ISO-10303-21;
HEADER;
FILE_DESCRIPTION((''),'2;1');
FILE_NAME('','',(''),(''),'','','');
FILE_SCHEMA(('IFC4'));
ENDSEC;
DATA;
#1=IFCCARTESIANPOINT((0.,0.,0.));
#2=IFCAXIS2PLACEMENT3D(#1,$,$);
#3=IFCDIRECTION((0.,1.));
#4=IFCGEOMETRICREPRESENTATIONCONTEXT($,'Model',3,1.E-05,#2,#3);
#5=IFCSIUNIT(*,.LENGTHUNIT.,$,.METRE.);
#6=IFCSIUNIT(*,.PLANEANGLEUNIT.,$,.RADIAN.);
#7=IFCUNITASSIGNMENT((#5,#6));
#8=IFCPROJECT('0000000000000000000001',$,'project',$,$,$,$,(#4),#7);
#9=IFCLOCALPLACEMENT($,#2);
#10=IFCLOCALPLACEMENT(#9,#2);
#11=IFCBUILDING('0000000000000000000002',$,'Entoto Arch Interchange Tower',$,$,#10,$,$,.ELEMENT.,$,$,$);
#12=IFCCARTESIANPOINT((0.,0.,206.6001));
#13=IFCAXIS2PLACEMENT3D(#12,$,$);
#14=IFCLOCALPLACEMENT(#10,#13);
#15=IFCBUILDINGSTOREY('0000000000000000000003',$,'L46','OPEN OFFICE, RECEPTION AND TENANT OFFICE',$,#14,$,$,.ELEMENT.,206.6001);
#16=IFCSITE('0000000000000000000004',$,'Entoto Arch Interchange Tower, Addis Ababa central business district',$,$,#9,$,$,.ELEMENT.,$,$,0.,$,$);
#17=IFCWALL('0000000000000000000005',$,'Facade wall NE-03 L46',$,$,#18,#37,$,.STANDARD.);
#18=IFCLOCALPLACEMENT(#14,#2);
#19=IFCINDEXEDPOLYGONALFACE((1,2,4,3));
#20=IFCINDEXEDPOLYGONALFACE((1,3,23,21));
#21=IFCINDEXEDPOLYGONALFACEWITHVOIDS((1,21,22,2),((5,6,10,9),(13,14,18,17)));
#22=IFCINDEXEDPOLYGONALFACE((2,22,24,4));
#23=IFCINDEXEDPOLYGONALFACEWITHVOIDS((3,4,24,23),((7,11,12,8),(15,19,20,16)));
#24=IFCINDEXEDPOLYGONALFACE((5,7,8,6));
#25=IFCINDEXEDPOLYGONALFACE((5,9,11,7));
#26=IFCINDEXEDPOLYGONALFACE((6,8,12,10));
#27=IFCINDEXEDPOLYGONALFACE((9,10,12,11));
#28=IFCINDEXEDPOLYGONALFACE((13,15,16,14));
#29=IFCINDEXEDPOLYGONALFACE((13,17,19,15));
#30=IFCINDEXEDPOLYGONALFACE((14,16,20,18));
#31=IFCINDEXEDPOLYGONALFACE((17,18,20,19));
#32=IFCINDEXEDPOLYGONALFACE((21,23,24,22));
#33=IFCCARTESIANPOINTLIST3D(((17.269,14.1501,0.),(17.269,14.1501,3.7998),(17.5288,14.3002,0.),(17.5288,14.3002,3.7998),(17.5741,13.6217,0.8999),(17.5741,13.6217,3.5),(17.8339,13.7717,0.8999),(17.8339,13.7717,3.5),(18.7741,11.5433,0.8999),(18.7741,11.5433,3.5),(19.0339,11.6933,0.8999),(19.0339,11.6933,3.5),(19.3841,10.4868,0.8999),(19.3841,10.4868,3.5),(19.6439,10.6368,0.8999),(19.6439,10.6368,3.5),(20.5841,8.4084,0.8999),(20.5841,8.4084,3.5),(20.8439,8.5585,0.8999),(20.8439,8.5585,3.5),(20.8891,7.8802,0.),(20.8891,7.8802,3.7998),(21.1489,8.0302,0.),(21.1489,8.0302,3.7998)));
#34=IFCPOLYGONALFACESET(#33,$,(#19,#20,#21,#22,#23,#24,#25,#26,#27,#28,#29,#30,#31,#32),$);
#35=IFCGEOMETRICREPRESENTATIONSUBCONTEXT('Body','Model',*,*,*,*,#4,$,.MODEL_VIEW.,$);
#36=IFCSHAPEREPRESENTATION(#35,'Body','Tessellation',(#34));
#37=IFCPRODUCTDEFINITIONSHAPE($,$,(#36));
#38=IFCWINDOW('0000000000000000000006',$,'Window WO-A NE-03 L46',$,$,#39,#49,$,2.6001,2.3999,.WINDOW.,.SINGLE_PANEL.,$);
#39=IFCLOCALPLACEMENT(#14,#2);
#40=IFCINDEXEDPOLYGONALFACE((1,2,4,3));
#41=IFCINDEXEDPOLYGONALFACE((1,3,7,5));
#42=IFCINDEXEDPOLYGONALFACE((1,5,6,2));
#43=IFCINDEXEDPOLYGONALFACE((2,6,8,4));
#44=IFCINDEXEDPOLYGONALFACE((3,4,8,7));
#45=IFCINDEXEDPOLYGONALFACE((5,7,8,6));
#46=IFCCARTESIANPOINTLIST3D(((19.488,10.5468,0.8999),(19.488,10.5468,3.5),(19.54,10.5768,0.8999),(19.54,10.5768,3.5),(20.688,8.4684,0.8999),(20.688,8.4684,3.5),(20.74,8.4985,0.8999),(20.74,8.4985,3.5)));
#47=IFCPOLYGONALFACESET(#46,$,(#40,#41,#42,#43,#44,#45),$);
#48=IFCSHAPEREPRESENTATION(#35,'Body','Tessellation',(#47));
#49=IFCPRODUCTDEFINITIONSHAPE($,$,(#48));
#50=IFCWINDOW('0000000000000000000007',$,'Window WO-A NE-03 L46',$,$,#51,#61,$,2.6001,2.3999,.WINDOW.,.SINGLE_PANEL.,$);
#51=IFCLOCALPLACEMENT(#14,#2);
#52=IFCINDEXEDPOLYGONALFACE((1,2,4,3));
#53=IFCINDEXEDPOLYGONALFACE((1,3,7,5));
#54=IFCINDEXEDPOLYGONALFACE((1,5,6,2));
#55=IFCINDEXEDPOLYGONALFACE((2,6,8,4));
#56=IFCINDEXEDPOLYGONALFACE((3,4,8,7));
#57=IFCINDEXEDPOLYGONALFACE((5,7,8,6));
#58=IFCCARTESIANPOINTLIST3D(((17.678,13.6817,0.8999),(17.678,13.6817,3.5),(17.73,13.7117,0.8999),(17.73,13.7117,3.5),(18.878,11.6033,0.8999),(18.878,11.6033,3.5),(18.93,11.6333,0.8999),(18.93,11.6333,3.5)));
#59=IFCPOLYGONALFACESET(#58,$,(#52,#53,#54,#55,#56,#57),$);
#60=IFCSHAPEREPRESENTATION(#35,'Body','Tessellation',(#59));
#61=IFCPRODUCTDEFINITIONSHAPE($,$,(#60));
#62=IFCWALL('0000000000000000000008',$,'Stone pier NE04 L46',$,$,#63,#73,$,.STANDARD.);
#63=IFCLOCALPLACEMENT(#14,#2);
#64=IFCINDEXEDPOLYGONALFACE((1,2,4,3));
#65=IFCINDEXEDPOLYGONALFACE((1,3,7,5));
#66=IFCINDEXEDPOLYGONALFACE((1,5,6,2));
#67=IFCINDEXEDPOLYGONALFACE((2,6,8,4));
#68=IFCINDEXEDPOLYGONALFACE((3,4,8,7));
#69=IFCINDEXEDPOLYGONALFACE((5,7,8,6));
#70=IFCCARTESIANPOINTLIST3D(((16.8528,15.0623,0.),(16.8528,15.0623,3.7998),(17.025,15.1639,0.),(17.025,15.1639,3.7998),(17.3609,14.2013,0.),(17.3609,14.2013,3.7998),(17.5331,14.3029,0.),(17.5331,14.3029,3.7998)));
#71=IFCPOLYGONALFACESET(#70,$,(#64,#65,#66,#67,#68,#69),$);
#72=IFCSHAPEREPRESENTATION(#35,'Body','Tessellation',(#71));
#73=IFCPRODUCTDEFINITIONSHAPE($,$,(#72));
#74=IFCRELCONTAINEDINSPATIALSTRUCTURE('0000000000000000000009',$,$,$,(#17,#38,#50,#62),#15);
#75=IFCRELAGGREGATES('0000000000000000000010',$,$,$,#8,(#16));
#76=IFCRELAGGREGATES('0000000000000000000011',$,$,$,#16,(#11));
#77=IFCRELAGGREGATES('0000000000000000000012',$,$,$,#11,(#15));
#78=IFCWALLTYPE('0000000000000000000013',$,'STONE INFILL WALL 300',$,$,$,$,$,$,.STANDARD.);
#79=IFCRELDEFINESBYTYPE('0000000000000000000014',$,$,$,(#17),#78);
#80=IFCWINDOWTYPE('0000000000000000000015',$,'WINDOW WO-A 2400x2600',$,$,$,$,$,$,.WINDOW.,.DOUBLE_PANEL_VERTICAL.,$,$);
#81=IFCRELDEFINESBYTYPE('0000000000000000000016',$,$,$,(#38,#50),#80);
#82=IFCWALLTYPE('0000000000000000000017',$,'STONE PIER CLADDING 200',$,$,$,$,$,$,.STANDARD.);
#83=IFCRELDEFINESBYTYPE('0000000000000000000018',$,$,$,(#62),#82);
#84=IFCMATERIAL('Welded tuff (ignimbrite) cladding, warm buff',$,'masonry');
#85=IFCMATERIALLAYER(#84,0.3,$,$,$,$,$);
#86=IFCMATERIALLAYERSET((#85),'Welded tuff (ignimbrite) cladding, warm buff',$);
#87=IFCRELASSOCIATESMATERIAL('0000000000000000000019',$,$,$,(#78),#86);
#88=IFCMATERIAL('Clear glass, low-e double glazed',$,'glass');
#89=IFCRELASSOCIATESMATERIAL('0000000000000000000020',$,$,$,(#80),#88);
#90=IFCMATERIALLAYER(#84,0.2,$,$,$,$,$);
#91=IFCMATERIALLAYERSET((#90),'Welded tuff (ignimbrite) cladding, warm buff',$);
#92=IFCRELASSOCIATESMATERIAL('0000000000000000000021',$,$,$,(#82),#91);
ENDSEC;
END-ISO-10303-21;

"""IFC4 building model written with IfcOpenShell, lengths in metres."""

from ifc_helpers import new_model, si_unit, direction, frame, frame_2d, origin, place, context, subcontext, project, spatial, rectangle, extrude, material, layer, layer_set, type_object, element, fill, save


model = new_model("IFC4")

# Units and contexts
model_context = context("Model", 3, precision=1e-05, world=origin(), true_north=direction((0.0, 1.0)))
body_context = subcontext(model_context, "Body", "Model", "MODEL_VIEW")
ifc_project = project(units=[si_unit("LENGTHUNIT", "METRE"), si_unit("PLANEANGLEUNIT", "RADIAN")], contexts=[model_context])

# Site, building, storey
site_placement = place(None, origin())
site = spatial("IfcSite", under=ifc_project, at=site_placement, Name="Entoto Arch Interchange Tower, Addis Ababa central business district", CompositionType="ELEMENT", RefElevation=0.0)
building_placement = place(site_placement, origin())
building = spatial("IfcBuilding", under=site, at=building_placement, Name="Entoto Arch Interchange Tower", CompositionType="ELEMENT")
storey_placement = place(building_placement, frame((0.0, 0.0, 206.6001)))
storey = spatial("IfcBuildingStorey", under=building, at=storey_placement, Name="L46", Description="OPEN OFFICE, RECEPTION AND TENANT OFFICE", CompositionType="ELEMENT", Elevation=206.6001)

# Wall, openings, windows
ifc_material_1 = material(Name="Welded tuff (ignimbrite) cladding, warm buff", Category="masonry")
ifc_layer_1 = layer(ifc_material_1, 0.3)
ifc_layer_set_1 = layer_set([ifc_layer_1], Name="Welded tuff (ignimbrite) cladding, warm buff")
wall_type_1 = type_object("IfcWallType", Name="STONE INFILL WALL 300", PredefinedType="STANDARD", material=ifc_layer_set_1)
wall_1_placement = place(storey_placement, frame((21.019, 7.9551, 0.0), z_axis=(0.0, 0.0, 1.0), x_axis=(-0.500012, 0.866018, 0.0)))
wall_1 = element("IfcWall", 1, at=wall_1_placement, inside=storey, type_object=wall_type_1, Name="Facade wall NE-03 L46", PredefinedType="STANDARD", context=body_context, shape_type="SweptSolid", body=[
    extrude(rectangle(XDim=7.24, YDim=0.3, at=frame_2d((3.6201, 0.0))), origin(), (0.0, 0.0, 1.0), 3.7998),
])
opening_1_placement = place(wall_1_placement, frame((0.6101, 0.0, 0.8999)))
opening_1 = element("IfcOpeningElement", 2, at=opening_1_placement, cuts=wall_1, PredefinedType="OPENING", context=body_context, shape_type="SweptSolid", body=[
    extrude(rectangle(XDim=2.3999, YDim=2.6001, at=frame_2d((1.2, 1.3))), frame((0.0, 0.1602, 0.0), z_axis=(0.0, -1.0, 0.0), x_axis=(1.0, 0.0, 0.0)), (0.0, 0.0, 1.0), 0.3201),
])
opening_2_placement = place(wall_1_placement, frame((4.23, 0.0, 0.8999)))
opening_2 = element("IfcOpeningElement", 3, at=opening_2_placement, cuts=wall_1, PredefinedType="OPENING", context=body_context, shape_type="SweptSolid", body=[
    extrude(rectangle(XDim=2.3999, YDim=2.6001, at=frame_2d((1.2, 1.3))), frame((0.0, 0.1602, 0.0), z_axis=(0.0, -1.0, 0.0), x_axis=(1.0, 0.0, 0.0)), (0.0, 0.0, 1.0), 0.3201),
])
ifc_material_2 = material(Name="Clear glass, low-e double glazed", Category="glass")
window_type = type_object("IfcWindowType", Name="WINDOW WO-A 2400x2600", PartitioningType="DOUBLE_PANEL_VERTICAL", PredefinedType="WINDOW", material=ifc_material_2)
window_1_placement = place(opening_1_placement, origin())
window_1 = element("IfcWindow", 4, at=window_1_placement, inside=storey, type_object=window_type, Name="Window WO-A NE-03 L46", OverallHeight=2.6001, OverallWidth=2.3999, PartitioningType="SINGLE_PANEL", PredefinedType="WINDOW", context=body_context, shape_type="SweptSolid", body=[
    extrude(rectangle(XDim=2.3999, YDim=2.6001, at=frame_2d((1.2, 1.3))), frame((0.0, 0.03, 0.0), z_axis=(0.0, -1.0, 0.0), x_axis=(1.0, 0.0, 0.0)), (0.0, 0.0, 1.0), 0.0601),
])
fill(opening_1, window_1)
window_2_placement = place(opening_2_placement, origin())
window_2 = element("IfcWindow", 5, at=window_2_placement, inside=storey, type_object=window_type, Name="Window WO-A NE-03 L46", OverallHeight=2.6001, OverallWidth=2.3999, PartitioningType="SINGLE_PANEL", PredefinedType="WINDOW", context=body_context, shape_type="SweptSolid", body=[
    extrude(rectangle(XDim=2.3999, YDim=2.6001, at=frame_2d((1.2, 1.3))), frame((0.0, 0.03, 0.0), z_axis=(0.0, -1.0, 0.0), x_axis=(1.0, 0.0, 0.0)), (0.0, 0.0, 1.0), 0.0601),
])
fill(opening_2, window_2)

# Wall
ifc_layer_2 = layer(ifc_material_1, 0.2)
ifc_layer_set_2 = layer_set([ifc_layer_2], Name="Welded tuff (ignimbrite) cladding, warm buff")
wall_type_2 = type_object("IfcWallType", Name="STONE PIER CLADDING 200", PredefinedType="STANDARD", material=ifc_layer_set_2)
wall_2_placement = place(storey_placement, frame((17.447, 14.252, 0.0), z_axis=(0.0, 0.0, 1.0), x_axis=(-0.508162, 0.861262, 0.0)))
element("IfcWall", 6, at=wall_2_placement, inside=storey, type_object=wall_type_2, Name="Stone pier NE04 L46", PredefinedType="STANDARD", context=body_context, shape_type="SweptSolid", body=[
    extrude(rectangle(XDim=0.9998, YDim=0.2, at=frame_2d((0.5, 0.0))), origin(), (0.0, 0.0, 1.0), 3.7998),
])

save(model, "model.ifc")
